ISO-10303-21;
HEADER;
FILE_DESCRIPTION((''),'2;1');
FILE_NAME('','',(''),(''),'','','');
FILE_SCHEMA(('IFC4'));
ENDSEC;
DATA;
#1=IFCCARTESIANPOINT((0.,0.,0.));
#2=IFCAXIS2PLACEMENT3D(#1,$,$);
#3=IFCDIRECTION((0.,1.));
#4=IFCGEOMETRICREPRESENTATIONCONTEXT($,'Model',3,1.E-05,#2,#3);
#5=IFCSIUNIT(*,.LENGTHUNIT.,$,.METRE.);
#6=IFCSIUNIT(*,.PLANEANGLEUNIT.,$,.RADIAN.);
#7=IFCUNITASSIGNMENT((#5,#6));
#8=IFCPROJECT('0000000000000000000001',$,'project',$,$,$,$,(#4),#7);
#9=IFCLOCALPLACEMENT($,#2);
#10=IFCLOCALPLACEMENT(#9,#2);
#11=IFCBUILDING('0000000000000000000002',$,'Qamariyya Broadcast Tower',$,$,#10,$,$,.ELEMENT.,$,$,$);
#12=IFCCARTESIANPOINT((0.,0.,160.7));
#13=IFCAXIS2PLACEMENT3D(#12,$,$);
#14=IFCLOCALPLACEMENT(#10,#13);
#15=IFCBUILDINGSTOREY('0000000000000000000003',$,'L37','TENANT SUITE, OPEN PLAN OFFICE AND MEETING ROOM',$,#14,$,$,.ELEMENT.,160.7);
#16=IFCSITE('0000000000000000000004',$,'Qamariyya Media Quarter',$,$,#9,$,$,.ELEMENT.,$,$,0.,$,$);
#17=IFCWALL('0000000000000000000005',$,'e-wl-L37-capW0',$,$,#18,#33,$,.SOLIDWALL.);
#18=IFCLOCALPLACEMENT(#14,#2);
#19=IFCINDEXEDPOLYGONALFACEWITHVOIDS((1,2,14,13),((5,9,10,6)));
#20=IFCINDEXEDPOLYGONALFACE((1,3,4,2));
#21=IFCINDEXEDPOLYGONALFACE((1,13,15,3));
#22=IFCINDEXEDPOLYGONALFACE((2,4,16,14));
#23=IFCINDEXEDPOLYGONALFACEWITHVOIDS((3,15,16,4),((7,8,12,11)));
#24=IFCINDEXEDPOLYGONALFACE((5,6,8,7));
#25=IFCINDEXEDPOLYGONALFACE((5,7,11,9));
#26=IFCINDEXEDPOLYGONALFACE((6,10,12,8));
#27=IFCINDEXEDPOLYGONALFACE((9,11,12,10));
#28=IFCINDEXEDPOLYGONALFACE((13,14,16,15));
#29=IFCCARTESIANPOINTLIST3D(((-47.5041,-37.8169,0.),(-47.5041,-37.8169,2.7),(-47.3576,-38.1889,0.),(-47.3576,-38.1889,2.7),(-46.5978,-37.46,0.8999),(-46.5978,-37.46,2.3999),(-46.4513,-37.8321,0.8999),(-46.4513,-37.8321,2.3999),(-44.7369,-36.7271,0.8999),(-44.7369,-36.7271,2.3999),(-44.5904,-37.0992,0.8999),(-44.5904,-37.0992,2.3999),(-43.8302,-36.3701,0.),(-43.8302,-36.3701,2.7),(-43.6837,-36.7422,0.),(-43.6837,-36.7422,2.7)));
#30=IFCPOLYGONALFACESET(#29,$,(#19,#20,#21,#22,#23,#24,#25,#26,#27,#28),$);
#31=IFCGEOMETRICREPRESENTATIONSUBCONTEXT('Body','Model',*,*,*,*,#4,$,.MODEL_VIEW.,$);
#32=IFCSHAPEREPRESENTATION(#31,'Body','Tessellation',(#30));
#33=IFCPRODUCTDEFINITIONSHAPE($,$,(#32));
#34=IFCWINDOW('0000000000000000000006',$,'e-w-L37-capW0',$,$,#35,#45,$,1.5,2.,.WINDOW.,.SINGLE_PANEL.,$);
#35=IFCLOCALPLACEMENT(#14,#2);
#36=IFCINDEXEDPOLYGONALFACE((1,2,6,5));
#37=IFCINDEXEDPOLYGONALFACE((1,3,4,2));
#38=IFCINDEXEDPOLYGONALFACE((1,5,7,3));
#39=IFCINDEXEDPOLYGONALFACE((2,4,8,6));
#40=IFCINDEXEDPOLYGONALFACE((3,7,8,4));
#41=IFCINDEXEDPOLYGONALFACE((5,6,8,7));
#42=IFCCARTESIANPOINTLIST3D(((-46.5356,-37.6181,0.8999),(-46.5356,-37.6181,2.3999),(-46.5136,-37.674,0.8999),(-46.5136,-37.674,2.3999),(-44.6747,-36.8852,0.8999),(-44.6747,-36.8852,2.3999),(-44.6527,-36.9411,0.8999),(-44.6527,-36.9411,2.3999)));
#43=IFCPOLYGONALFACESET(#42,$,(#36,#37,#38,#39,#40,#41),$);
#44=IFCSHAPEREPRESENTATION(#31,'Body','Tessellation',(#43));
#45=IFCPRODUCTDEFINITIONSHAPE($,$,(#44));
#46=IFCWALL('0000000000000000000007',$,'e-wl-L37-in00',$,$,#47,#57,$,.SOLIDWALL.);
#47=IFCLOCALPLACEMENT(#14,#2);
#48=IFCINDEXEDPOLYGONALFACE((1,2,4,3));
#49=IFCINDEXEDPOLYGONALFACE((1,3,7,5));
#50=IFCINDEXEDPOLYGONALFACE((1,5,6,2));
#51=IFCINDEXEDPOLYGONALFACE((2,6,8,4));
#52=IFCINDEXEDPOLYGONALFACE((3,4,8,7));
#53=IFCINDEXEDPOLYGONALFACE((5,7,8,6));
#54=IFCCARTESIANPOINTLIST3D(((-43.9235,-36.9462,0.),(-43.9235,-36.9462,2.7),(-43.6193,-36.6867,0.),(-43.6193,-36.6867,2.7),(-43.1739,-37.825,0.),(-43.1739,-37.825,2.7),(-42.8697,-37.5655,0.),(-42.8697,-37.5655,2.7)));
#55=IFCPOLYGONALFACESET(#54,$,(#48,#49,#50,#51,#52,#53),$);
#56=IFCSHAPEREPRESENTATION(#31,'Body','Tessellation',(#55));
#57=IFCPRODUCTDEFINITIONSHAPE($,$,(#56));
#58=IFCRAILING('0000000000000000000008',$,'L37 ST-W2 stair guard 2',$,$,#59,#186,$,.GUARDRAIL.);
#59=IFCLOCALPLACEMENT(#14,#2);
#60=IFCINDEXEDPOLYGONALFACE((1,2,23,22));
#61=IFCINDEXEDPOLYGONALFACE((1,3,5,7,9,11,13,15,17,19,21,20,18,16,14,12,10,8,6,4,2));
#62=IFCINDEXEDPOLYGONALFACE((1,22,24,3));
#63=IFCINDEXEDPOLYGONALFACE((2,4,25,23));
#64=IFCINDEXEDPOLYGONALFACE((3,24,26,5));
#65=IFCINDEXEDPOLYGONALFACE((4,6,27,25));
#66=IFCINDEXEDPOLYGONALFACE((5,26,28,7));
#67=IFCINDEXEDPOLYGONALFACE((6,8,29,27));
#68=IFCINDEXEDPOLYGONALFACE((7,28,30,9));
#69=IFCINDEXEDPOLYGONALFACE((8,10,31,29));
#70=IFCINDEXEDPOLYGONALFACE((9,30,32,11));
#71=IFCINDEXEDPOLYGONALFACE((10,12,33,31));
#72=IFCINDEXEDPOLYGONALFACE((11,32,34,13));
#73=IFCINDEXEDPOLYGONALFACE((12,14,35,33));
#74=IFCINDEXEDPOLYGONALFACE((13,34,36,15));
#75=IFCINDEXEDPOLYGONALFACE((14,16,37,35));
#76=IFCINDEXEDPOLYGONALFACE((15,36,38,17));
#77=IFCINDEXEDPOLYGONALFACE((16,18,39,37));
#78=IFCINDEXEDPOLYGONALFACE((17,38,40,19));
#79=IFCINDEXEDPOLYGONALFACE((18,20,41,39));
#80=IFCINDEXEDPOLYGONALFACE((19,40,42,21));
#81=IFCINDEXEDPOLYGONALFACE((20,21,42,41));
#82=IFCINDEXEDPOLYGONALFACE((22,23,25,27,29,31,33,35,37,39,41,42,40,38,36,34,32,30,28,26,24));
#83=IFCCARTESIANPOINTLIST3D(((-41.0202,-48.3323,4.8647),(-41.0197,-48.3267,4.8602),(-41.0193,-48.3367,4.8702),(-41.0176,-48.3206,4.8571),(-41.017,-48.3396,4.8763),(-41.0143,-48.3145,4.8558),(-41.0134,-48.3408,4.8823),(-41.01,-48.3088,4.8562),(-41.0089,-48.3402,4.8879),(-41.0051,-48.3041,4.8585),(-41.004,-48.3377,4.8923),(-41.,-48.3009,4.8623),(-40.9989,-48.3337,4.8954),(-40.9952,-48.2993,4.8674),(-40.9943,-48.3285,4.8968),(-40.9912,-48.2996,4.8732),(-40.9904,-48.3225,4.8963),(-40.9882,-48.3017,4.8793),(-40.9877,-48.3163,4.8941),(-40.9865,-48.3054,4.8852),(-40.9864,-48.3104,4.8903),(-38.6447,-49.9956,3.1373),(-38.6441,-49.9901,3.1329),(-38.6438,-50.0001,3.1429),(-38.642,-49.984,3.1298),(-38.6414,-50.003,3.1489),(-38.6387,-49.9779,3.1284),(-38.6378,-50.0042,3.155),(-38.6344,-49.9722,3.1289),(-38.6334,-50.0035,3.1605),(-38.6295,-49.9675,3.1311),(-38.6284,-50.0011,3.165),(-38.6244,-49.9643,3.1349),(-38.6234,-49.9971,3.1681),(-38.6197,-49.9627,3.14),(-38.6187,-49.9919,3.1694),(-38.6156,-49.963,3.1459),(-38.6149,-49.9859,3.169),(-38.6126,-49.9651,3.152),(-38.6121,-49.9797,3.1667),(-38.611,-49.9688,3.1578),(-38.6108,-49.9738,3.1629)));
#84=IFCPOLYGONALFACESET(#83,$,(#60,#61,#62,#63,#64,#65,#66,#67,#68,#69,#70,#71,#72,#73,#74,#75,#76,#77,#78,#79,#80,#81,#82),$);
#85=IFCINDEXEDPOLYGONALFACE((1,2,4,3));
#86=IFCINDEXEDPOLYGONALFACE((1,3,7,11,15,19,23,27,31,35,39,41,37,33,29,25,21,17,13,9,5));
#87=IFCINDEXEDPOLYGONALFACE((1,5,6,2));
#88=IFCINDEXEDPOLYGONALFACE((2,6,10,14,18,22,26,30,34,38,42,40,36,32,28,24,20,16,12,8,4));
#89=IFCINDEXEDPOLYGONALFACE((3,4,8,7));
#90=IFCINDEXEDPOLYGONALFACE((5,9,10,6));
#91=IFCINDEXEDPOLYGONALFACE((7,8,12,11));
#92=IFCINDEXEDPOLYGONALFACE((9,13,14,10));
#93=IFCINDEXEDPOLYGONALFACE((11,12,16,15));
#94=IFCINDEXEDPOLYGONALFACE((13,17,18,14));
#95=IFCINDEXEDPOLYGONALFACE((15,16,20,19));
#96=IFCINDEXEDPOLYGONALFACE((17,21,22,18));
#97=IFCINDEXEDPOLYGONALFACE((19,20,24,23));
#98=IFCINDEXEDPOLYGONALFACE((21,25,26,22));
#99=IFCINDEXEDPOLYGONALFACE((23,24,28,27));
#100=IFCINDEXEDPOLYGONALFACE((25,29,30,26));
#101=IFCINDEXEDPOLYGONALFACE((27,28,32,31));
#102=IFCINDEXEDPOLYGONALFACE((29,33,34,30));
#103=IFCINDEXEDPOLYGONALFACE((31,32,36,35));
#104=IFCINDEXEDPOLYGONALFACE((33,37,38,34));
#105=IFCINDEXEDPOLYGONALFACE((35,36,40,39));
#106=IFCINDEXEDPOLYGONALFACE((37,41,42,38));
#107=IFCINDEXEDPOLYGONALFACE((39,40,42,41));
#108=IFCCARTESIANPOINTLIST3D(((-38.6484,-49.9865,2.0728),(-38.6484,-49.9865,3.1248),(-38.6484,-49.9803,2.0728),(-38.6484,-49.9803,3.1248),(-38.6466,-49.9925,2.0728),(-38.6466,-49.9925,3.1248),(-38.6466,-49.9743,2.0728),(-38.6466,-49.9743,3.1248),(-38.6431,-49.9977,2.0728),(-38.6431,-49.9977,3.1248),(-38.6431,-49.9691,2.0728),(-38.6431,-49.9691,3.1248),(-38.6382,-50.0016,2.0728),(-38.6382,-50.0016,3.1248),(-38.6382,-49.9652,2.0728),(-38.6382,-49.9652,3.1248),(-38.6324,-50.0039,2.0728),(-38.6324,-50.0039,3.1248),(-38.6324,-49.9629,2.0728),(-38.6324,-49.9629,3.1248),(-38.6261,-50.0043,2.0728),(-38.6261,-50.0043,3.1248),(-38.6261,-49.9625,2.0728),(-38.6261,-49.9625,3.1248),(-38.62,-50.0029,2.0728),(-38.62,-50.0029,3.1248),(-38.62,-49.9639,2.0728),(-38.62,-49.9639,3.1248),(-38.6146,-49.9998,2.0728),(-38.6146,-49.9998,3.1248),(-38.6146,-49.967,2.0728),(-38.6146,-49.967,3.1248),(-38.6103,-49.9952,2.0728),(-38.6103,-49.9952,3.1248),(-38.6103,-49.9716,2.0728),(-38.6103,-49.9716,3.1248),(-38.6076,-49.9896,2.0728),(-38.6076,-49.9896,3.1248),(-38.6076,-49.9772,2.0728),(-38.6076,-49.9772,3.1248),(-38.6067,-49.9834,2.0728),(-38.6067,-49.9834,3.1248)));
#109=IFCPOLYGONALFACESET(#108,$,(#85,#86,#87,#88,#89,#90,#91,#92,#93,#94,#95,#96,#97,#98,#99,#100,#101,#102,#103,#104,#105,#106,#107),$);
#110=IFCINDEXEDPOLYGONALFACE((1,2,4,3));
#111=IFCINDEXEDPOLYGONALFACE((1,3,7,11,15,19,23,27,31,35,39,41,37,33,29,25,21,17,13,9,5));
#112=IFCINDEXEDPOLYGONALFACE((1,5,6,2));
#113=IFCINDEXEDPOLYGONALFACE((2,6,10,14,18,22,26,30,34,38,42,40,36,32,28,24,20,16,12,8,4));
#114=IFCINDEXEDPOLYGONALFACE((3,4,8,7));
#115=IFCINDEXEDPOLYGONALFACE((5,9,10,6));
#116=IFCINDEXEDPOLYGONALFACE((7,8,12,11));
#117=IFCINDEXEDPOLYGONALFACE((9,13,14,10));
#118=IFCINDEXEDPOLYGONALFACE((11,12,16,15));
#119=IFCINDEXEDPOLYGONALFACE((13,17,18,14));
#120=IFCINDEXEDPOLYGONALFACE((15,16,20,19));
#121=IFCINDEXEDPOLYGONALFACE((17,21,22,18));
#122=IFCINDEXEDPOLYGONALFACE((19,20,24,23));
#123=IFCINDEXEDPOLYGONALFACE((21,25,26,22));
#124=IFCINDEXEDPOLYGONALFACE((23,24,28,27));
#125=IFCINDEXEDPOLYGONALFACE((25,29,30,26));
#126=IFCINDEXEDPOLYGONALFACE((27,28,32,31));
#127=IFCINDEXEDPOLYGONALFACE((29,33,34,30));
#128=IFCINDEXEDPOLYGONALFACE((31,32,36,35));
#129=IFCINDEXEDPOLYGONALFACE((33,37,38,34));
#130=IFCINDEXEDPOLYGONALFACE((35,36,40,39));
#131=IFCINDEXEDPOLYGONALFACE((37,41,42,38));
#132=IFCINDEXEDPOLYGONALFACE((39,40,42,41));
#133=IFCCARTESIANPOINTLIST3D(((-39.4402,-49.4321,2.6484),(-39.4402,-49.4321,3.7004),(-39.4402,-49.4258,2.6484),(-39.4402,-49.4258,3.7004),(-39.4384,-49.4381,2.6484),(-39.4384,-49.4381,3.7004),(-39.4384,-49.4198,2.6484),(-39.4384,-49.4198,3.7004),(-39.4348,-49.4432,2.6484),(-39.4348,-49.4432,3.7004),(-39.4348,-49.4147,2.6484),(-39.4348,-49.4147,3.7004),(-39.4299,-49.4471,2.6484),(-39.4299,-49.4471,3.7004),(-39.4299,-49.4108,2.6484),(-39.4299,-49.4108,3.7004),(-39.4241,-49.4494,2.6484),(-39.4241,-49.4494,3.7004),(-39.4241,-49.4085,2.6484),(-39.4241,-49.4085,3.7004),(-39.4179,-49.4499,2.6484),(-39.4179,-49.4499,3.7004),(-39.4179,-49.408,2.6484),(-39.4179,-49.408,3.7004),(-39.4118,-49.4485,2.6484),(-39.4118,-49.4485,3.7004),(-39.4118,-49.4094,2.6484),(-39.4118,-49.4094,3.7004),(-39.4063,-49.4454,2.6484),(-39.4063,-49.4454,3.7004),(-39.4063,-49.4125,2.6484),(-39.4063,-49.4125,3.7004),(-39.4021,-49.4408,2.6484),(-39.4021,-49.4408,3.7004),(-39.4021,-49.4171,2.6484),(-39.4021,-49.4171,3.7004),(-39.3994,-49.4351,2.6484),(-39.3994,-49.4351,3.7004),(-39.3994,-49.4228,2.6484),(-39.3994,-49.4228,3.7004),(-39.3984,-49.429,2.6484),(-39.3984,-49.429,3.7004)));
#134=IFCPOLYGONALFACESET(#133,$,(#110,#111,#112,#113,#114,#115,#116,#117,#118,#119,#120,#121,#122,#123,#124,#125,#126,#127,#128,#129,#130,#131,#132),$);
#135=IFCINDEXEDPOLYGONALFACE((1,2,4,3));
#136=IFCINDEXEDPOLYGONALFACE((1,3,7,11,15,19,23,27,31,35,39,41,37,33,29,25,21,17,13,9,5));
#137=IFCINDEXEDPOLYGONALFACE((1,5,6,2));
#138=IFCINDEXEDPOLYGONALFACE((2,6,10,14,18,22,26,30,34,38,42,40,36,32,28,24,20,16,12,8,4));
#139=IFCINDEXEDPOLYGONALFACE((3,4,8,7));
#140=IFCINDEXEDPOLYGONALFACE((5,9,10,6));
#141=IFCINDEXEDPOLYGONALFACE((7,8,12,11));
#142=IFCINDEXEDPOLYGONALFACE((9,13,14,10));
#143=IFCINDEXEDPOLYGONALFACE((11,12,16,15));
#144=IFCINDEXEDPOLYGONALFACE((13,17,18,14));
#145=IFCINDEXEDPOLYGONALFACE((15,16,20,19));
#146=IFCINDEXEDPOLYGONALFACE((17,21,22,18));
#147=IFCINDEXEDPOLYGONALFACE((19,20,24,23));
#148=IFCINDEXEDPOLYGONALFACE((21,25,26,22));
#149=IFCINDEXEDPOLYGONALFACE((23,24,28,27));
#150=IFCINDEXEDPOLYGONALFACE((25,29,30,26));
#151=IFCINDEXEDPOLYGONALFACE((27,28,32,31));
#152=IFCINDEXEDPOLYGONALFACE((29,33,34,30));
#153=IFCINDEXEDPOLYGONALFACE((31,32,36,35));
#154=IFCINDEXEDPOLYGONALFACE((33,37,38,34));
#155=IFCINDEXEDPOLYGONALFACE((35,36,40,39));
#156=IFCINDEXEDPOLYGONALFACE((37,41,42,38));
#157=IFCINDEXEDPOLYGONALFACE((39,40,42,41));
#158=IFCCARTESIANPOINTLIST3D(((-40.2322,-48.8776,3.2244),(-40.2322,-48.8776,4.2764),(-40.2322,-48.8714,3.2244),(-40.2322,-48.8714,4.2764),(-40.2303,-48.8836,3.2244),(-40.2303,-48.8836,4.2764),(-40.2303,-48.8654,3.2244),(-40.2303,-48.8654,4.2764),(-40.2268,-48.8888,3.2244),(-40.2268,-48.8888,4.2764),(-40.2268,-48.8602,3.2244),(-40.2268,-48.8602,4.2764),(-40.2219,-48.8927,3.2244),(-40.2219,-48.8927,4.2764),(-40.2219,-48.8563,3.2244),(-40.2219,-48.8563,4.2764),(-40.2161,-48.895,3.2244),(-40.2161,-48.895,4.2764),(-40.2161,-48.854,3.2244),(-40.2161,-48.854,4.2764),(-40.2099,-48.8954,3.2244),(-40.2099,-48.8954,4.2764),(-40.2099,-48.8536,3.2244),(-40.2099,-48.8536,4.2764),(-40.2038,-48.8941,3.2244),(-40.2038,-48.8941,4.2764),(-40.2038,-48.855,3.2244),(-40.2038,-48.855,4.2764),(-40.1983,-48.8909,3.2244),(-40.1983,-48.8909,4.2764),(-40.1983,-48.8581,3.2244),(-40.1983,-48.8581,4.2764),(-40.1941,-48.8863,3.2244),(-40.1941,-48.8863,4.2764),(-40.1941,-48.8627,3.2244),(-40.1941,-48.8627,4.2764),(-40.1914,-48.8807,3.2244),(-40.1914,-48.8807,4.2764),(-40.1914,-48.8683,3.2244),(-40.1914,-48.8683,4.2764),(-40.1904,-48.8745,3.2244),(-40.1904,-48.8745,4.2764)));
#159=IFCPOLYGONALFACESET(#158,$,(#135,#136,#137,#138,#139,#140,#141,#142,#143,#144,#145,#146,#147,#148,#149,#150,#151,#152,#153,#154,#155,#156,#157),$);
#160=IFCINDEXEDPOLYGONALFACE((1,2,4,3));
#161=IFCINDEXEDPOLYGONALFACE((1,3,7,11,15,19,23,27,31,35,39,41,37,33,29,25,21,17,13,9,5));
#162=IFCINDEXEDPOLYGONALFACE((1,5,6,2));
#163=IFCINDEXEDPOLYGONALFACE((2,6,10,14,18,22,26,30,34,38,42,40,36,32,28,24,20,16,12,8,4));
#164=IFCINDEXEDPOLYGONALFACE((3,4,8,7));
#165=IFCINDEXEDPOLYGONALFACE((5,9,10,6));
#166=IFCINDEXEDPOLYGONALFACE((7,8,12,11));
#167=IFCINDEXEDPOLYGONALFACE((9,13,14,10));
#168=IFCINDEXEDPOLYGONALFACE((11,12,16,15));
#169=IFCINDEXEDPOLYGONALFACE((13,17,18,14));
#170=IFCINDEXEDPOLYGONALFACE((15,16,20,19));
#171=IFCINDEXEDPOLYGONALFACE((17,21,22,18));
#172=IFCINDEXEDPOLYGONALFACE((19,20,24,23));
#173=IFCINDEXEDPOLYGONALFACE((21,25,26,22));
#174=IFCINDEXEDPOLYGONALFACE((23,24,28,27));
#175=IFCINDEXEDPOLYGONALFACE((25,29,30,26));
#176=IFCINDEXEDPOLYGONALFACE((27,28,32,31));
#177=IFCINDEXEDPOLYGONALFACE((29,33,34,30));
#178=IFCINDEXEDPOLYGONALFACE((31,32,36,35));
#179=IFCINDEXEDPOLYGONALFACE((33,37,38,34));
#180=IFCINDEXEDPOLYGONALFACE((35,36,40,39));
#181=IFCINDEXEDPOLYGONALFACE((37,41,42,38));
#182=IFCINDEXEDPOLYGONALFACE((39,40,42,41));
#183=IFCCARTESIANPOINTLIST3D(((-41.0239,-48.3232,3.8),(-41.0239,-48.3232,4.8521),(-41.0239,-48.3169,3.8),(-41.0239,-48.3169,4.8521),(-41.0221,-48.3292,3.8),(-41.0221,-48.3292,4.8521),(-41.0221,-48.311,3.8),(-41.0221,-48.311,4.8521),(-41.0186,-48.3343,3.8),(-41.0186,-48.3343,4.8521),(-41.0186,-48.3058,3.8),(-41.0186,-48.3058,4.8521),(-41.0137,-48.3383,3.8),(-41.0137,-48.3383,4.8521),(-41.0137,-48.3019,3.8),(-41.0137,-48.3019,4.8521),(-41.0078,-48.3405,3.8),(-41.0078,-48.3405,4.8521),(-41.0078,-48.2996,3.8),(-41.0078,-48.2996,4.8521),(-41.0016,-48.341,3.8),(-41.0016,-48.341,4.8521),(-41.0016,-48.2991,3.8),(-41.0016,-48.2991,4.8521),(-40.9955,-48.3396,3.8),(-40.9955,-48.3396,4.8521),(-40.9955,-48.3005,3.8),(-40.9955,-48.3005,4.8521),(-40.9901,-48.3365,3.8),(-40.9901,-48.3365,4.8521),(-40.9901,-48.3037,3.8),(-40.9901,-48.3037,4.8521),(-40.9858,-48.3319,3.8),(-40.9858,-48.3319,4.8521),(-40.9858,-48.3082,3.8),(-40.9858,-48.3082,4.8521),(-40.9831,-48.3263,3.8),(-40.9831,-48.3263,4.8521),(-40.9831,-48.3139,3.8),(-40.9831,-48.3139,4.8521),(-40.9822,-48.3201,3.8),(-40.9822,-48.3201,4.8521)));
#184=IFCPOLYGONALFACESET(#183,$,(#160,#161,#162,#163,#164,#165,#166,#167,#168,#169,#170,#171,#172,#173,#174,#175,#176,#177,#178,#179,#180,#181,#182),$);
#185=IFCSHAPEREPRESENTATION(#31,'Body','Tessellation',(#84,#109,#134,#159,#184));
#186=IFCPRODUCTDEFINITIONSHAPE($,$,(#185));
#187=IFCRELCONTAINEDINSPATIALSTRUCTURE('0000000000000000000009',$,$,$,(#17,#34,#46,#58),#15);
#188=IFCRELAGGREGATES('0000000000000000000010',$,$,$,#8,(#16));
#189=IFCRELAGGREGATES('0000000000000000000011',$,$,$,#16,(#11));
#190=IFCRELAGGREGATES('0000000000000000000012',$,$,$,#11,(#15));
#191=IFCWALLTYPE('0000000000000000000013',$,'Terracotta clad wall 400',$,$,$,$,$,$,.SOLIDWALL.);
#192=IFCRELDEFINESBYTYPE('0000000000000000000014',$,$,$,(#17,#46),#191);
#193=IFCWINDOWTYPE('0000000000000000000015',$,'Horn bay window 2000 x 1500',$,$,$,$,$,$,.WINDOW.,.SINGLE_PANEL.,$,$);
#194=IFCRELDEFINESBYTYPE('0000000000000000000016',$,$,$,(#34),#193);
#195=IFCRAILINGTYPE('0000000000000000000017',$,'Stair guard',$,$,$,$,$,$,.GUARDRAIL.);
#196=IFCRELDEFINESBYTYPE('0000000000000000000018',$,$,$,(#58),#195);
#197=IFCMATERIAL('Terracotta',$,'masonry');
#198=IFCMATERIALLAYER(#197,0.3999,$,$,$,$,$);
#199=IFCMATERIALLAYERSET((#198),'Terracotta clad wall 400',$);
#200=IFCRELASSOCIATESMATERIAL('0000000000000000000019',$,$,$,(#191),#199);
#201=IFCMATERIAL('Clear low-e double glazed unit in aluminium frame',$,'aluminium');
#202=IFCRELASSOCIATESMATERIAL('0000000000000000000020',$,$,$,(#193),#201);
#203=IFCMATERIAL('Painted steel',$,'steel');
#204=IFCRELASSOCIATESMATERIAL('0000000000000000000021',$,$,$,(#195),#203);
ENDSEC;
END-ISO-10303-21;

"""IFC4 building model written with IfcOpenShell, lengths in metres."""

from ifc_helpers import new_model, si_unit, direction, frame, frame_2d, origin, origin_2d, place, context, subcontext, project, spatial, rectangle, circle, extrude, material, layer, layer_set, type_object, element, fill, save


model = new_model("IFC4")

# Units and contexts
model_context = context("Model", 3, precision=1e-05, world=origin(), true_north=direction((0.0, 1.0)))
body_context = subcontext(model_context, "Body", "Model", "MODEL_VIEW")
ifc_project = project(units=[si_unit("LENGTHUNIT", "METRE"), si_unit("PLANEANGLEUNIT", "RADIAN")], contexts=[model_context])

# Site, building, storey
site_placement = place(None, origin())
site = spatial("IfcSite", under=ifc_project, at=site_placement, Name="Qamariyya Media Quarter", CompositionType="ELEMENT", RefElevation=0.0)
building_placement = place(site_placement, origin())
building = spatial("IfcBuilding", under=site, at=building_placement, Name="Qamariyya Broadcast Tower", CompositionType="ELEMENT")
storey_placement = place(building_placement, frame((0.0, 0.0, 160.7)))
storey = spatial("IfcBuildingStorey", under=building, at=storey_placement, Name="L37", Description="TENANT SUITE, OPEN PLAN OFFICE AND MEETING ROOM", CompositionType="ELEMENT", Elevation=160.7)

# Wall, opening, window
ifc_material_1 = material(Name="Terracotta", Category="masonry")
ifc_layer_1 = layer(ifc_material_1, 0.3999)
ifc_layer_set_1 = layer_set([ifc_layer_1], Name="Terracotta clad wall 400")
wall_type_1 = type_object("IfcWallType", Name="Terracotta clad wall 400", PredefinedType="SOLIDWALL", material=ifc_layer_set_1)
wall_1_placement = place(storey_placement, frame((-43.7571, -36.5562, 0.0), z_axis=(0.0, 0.0, 1.0), x_axis=(-0.930451, -0.366417, 0.0)))
wall_1 = element("IfcWall", 1, at=wall_1_placement, inside=storey, type_object=wall_type_1, Name="e-wl-L37-capW0", PredefinedType="SOLIDWALL", context=body_context, shape_type="SweptSolid", body=[
    extrude(rectangle(XDim=3.9485, YDim=0.3999, at=frame_2d((1.9741, 0.0))), origin(), (0.0, 0.0, 1.0), 2.7),
])
opening_1_placement = place(wall_1_placement, frame((0.9744, 0.0, 0.8999)))
opening_1 = element("IfcOpeningElement", 2, at=opening_1_placement, cuts=wall_1, PredefinedType="OPENING", context=body_context, shape_type="SweptSolid", body=[
    extrude(rectangle(XDim=2.0, YDim=1.5, at=frame_2d((1.0, 0.75))), frame((0.0, 0.21, 0.0), z_axis=(0.0, -1.0, 0.0), x_axis=(1.0, 0.0, 0.0)), (0.0, 0.0, 1.0), 0.4199),
])
ifc_material_2 = material(Name="Clear low-e double glazed unit in aluminium frame", Category="aluminium")
window_type = type_object("IfcWindowType", Name="Horn bay window 2000 x 1500", PartitioningType="SINGLE_PANEL", PredefinedType="WINDOW", material=ifc_material_2)
window_placement = place(opening_1_placement, origin())
window = element("IfcWindow", 3, at=window_placement, inside=storey, type_object=window_type, Name="e-w-L37-capW0", OverallHeight=1.5, OverallWidth=2.0, PartitioningType="SINGLE_PANEL", PredefinedType="WINDOW", context=body_context, shape_type="SweptSolid", body=[
    extrude(rectangle(XDim=2.0, YDim=1.5, at=frame_2d((1.0, 0.75))), frame((0.0, 0.03, 0.0), z_axis=(0.0, -1.0, 0.0), x_axis=(1.0, 0.0, 0.0)), (0.0, 0.0, 1.0), 0.0601),
])
fill(opening_1, window)

# Wall
wall_2_placement = place(storey_placement, frame((-43.0217, -37.6953, 0.0), z_axis=(0.0, 0.0, 1.0), x_axis=(-0.648979, 0.760806, 0.0)))
element("IfcWall", 4, at=wall_2_placement, inside=storey, type_object=wall_type_1, Name="e-wl-L37-in00", PredefinedType="SOLIDWALL", context=body_context, shape_type="SweptSolid", body=[
    extrude(rectangle(XDim=1.155, YDim=0.3999, at=frame_2d((0.5776, 0.0))), origin(), (0.0, 0.0, 1.0), 2.7),
])

# Railing
ifc_material_3 = material(Name="Painted steel", Category="steel")
railing_type_1 = type_object("IfcRailingType", Name="Stair guard", PredefinedType="GUARDRAIL", material=ifc_material_3)
railing_1_placement = place(storey_placement, frame((-38.6277, -49.9834, 2.0728)))
element("IfcRailing", 5, at=railing_1_placement, inside=storey, type_object=railing_type_1, Name="L37 ST-W2 stair guard 2", PredefinedType="GUARDRAIL", context=body_context, shape_type="SweptSolid", body=[
    extrude(circle(Radius=0.0239, at=origin_2d()), frame((0.0, 0.0, 1.0762), z_axis=(-0.70377, 0.492784, 0.511734), x_axis=(-0.573575, -0.819153, 0.0)), (0.0, 0.0, 1.0), 3.3755),
    extrude(circle(Radius=0.021, at=origin_2d()), origin(), (0.0, 0.0, 1.0), 1.052),
    extrude(circle(Radius=0.021, at=origin_2d()), frame((-0.7917, 0.5544, 0.5757)), (0.0, 0.0, 1.0), 1.052),
    extrude(circle(Radius=0.021, at=origin_2d()), frame((-1.5837, 1.1089, 1.1516)), (0.0, 0.0, 1.0), 1.052),
    extrude(circle(Radius=0.021, at=origin_2d()), frame((-2.3755, 1.6633, 1.7273)), (0.0, 0.0, 1.0), 1.052),
])

save(model, "model.ifc")
